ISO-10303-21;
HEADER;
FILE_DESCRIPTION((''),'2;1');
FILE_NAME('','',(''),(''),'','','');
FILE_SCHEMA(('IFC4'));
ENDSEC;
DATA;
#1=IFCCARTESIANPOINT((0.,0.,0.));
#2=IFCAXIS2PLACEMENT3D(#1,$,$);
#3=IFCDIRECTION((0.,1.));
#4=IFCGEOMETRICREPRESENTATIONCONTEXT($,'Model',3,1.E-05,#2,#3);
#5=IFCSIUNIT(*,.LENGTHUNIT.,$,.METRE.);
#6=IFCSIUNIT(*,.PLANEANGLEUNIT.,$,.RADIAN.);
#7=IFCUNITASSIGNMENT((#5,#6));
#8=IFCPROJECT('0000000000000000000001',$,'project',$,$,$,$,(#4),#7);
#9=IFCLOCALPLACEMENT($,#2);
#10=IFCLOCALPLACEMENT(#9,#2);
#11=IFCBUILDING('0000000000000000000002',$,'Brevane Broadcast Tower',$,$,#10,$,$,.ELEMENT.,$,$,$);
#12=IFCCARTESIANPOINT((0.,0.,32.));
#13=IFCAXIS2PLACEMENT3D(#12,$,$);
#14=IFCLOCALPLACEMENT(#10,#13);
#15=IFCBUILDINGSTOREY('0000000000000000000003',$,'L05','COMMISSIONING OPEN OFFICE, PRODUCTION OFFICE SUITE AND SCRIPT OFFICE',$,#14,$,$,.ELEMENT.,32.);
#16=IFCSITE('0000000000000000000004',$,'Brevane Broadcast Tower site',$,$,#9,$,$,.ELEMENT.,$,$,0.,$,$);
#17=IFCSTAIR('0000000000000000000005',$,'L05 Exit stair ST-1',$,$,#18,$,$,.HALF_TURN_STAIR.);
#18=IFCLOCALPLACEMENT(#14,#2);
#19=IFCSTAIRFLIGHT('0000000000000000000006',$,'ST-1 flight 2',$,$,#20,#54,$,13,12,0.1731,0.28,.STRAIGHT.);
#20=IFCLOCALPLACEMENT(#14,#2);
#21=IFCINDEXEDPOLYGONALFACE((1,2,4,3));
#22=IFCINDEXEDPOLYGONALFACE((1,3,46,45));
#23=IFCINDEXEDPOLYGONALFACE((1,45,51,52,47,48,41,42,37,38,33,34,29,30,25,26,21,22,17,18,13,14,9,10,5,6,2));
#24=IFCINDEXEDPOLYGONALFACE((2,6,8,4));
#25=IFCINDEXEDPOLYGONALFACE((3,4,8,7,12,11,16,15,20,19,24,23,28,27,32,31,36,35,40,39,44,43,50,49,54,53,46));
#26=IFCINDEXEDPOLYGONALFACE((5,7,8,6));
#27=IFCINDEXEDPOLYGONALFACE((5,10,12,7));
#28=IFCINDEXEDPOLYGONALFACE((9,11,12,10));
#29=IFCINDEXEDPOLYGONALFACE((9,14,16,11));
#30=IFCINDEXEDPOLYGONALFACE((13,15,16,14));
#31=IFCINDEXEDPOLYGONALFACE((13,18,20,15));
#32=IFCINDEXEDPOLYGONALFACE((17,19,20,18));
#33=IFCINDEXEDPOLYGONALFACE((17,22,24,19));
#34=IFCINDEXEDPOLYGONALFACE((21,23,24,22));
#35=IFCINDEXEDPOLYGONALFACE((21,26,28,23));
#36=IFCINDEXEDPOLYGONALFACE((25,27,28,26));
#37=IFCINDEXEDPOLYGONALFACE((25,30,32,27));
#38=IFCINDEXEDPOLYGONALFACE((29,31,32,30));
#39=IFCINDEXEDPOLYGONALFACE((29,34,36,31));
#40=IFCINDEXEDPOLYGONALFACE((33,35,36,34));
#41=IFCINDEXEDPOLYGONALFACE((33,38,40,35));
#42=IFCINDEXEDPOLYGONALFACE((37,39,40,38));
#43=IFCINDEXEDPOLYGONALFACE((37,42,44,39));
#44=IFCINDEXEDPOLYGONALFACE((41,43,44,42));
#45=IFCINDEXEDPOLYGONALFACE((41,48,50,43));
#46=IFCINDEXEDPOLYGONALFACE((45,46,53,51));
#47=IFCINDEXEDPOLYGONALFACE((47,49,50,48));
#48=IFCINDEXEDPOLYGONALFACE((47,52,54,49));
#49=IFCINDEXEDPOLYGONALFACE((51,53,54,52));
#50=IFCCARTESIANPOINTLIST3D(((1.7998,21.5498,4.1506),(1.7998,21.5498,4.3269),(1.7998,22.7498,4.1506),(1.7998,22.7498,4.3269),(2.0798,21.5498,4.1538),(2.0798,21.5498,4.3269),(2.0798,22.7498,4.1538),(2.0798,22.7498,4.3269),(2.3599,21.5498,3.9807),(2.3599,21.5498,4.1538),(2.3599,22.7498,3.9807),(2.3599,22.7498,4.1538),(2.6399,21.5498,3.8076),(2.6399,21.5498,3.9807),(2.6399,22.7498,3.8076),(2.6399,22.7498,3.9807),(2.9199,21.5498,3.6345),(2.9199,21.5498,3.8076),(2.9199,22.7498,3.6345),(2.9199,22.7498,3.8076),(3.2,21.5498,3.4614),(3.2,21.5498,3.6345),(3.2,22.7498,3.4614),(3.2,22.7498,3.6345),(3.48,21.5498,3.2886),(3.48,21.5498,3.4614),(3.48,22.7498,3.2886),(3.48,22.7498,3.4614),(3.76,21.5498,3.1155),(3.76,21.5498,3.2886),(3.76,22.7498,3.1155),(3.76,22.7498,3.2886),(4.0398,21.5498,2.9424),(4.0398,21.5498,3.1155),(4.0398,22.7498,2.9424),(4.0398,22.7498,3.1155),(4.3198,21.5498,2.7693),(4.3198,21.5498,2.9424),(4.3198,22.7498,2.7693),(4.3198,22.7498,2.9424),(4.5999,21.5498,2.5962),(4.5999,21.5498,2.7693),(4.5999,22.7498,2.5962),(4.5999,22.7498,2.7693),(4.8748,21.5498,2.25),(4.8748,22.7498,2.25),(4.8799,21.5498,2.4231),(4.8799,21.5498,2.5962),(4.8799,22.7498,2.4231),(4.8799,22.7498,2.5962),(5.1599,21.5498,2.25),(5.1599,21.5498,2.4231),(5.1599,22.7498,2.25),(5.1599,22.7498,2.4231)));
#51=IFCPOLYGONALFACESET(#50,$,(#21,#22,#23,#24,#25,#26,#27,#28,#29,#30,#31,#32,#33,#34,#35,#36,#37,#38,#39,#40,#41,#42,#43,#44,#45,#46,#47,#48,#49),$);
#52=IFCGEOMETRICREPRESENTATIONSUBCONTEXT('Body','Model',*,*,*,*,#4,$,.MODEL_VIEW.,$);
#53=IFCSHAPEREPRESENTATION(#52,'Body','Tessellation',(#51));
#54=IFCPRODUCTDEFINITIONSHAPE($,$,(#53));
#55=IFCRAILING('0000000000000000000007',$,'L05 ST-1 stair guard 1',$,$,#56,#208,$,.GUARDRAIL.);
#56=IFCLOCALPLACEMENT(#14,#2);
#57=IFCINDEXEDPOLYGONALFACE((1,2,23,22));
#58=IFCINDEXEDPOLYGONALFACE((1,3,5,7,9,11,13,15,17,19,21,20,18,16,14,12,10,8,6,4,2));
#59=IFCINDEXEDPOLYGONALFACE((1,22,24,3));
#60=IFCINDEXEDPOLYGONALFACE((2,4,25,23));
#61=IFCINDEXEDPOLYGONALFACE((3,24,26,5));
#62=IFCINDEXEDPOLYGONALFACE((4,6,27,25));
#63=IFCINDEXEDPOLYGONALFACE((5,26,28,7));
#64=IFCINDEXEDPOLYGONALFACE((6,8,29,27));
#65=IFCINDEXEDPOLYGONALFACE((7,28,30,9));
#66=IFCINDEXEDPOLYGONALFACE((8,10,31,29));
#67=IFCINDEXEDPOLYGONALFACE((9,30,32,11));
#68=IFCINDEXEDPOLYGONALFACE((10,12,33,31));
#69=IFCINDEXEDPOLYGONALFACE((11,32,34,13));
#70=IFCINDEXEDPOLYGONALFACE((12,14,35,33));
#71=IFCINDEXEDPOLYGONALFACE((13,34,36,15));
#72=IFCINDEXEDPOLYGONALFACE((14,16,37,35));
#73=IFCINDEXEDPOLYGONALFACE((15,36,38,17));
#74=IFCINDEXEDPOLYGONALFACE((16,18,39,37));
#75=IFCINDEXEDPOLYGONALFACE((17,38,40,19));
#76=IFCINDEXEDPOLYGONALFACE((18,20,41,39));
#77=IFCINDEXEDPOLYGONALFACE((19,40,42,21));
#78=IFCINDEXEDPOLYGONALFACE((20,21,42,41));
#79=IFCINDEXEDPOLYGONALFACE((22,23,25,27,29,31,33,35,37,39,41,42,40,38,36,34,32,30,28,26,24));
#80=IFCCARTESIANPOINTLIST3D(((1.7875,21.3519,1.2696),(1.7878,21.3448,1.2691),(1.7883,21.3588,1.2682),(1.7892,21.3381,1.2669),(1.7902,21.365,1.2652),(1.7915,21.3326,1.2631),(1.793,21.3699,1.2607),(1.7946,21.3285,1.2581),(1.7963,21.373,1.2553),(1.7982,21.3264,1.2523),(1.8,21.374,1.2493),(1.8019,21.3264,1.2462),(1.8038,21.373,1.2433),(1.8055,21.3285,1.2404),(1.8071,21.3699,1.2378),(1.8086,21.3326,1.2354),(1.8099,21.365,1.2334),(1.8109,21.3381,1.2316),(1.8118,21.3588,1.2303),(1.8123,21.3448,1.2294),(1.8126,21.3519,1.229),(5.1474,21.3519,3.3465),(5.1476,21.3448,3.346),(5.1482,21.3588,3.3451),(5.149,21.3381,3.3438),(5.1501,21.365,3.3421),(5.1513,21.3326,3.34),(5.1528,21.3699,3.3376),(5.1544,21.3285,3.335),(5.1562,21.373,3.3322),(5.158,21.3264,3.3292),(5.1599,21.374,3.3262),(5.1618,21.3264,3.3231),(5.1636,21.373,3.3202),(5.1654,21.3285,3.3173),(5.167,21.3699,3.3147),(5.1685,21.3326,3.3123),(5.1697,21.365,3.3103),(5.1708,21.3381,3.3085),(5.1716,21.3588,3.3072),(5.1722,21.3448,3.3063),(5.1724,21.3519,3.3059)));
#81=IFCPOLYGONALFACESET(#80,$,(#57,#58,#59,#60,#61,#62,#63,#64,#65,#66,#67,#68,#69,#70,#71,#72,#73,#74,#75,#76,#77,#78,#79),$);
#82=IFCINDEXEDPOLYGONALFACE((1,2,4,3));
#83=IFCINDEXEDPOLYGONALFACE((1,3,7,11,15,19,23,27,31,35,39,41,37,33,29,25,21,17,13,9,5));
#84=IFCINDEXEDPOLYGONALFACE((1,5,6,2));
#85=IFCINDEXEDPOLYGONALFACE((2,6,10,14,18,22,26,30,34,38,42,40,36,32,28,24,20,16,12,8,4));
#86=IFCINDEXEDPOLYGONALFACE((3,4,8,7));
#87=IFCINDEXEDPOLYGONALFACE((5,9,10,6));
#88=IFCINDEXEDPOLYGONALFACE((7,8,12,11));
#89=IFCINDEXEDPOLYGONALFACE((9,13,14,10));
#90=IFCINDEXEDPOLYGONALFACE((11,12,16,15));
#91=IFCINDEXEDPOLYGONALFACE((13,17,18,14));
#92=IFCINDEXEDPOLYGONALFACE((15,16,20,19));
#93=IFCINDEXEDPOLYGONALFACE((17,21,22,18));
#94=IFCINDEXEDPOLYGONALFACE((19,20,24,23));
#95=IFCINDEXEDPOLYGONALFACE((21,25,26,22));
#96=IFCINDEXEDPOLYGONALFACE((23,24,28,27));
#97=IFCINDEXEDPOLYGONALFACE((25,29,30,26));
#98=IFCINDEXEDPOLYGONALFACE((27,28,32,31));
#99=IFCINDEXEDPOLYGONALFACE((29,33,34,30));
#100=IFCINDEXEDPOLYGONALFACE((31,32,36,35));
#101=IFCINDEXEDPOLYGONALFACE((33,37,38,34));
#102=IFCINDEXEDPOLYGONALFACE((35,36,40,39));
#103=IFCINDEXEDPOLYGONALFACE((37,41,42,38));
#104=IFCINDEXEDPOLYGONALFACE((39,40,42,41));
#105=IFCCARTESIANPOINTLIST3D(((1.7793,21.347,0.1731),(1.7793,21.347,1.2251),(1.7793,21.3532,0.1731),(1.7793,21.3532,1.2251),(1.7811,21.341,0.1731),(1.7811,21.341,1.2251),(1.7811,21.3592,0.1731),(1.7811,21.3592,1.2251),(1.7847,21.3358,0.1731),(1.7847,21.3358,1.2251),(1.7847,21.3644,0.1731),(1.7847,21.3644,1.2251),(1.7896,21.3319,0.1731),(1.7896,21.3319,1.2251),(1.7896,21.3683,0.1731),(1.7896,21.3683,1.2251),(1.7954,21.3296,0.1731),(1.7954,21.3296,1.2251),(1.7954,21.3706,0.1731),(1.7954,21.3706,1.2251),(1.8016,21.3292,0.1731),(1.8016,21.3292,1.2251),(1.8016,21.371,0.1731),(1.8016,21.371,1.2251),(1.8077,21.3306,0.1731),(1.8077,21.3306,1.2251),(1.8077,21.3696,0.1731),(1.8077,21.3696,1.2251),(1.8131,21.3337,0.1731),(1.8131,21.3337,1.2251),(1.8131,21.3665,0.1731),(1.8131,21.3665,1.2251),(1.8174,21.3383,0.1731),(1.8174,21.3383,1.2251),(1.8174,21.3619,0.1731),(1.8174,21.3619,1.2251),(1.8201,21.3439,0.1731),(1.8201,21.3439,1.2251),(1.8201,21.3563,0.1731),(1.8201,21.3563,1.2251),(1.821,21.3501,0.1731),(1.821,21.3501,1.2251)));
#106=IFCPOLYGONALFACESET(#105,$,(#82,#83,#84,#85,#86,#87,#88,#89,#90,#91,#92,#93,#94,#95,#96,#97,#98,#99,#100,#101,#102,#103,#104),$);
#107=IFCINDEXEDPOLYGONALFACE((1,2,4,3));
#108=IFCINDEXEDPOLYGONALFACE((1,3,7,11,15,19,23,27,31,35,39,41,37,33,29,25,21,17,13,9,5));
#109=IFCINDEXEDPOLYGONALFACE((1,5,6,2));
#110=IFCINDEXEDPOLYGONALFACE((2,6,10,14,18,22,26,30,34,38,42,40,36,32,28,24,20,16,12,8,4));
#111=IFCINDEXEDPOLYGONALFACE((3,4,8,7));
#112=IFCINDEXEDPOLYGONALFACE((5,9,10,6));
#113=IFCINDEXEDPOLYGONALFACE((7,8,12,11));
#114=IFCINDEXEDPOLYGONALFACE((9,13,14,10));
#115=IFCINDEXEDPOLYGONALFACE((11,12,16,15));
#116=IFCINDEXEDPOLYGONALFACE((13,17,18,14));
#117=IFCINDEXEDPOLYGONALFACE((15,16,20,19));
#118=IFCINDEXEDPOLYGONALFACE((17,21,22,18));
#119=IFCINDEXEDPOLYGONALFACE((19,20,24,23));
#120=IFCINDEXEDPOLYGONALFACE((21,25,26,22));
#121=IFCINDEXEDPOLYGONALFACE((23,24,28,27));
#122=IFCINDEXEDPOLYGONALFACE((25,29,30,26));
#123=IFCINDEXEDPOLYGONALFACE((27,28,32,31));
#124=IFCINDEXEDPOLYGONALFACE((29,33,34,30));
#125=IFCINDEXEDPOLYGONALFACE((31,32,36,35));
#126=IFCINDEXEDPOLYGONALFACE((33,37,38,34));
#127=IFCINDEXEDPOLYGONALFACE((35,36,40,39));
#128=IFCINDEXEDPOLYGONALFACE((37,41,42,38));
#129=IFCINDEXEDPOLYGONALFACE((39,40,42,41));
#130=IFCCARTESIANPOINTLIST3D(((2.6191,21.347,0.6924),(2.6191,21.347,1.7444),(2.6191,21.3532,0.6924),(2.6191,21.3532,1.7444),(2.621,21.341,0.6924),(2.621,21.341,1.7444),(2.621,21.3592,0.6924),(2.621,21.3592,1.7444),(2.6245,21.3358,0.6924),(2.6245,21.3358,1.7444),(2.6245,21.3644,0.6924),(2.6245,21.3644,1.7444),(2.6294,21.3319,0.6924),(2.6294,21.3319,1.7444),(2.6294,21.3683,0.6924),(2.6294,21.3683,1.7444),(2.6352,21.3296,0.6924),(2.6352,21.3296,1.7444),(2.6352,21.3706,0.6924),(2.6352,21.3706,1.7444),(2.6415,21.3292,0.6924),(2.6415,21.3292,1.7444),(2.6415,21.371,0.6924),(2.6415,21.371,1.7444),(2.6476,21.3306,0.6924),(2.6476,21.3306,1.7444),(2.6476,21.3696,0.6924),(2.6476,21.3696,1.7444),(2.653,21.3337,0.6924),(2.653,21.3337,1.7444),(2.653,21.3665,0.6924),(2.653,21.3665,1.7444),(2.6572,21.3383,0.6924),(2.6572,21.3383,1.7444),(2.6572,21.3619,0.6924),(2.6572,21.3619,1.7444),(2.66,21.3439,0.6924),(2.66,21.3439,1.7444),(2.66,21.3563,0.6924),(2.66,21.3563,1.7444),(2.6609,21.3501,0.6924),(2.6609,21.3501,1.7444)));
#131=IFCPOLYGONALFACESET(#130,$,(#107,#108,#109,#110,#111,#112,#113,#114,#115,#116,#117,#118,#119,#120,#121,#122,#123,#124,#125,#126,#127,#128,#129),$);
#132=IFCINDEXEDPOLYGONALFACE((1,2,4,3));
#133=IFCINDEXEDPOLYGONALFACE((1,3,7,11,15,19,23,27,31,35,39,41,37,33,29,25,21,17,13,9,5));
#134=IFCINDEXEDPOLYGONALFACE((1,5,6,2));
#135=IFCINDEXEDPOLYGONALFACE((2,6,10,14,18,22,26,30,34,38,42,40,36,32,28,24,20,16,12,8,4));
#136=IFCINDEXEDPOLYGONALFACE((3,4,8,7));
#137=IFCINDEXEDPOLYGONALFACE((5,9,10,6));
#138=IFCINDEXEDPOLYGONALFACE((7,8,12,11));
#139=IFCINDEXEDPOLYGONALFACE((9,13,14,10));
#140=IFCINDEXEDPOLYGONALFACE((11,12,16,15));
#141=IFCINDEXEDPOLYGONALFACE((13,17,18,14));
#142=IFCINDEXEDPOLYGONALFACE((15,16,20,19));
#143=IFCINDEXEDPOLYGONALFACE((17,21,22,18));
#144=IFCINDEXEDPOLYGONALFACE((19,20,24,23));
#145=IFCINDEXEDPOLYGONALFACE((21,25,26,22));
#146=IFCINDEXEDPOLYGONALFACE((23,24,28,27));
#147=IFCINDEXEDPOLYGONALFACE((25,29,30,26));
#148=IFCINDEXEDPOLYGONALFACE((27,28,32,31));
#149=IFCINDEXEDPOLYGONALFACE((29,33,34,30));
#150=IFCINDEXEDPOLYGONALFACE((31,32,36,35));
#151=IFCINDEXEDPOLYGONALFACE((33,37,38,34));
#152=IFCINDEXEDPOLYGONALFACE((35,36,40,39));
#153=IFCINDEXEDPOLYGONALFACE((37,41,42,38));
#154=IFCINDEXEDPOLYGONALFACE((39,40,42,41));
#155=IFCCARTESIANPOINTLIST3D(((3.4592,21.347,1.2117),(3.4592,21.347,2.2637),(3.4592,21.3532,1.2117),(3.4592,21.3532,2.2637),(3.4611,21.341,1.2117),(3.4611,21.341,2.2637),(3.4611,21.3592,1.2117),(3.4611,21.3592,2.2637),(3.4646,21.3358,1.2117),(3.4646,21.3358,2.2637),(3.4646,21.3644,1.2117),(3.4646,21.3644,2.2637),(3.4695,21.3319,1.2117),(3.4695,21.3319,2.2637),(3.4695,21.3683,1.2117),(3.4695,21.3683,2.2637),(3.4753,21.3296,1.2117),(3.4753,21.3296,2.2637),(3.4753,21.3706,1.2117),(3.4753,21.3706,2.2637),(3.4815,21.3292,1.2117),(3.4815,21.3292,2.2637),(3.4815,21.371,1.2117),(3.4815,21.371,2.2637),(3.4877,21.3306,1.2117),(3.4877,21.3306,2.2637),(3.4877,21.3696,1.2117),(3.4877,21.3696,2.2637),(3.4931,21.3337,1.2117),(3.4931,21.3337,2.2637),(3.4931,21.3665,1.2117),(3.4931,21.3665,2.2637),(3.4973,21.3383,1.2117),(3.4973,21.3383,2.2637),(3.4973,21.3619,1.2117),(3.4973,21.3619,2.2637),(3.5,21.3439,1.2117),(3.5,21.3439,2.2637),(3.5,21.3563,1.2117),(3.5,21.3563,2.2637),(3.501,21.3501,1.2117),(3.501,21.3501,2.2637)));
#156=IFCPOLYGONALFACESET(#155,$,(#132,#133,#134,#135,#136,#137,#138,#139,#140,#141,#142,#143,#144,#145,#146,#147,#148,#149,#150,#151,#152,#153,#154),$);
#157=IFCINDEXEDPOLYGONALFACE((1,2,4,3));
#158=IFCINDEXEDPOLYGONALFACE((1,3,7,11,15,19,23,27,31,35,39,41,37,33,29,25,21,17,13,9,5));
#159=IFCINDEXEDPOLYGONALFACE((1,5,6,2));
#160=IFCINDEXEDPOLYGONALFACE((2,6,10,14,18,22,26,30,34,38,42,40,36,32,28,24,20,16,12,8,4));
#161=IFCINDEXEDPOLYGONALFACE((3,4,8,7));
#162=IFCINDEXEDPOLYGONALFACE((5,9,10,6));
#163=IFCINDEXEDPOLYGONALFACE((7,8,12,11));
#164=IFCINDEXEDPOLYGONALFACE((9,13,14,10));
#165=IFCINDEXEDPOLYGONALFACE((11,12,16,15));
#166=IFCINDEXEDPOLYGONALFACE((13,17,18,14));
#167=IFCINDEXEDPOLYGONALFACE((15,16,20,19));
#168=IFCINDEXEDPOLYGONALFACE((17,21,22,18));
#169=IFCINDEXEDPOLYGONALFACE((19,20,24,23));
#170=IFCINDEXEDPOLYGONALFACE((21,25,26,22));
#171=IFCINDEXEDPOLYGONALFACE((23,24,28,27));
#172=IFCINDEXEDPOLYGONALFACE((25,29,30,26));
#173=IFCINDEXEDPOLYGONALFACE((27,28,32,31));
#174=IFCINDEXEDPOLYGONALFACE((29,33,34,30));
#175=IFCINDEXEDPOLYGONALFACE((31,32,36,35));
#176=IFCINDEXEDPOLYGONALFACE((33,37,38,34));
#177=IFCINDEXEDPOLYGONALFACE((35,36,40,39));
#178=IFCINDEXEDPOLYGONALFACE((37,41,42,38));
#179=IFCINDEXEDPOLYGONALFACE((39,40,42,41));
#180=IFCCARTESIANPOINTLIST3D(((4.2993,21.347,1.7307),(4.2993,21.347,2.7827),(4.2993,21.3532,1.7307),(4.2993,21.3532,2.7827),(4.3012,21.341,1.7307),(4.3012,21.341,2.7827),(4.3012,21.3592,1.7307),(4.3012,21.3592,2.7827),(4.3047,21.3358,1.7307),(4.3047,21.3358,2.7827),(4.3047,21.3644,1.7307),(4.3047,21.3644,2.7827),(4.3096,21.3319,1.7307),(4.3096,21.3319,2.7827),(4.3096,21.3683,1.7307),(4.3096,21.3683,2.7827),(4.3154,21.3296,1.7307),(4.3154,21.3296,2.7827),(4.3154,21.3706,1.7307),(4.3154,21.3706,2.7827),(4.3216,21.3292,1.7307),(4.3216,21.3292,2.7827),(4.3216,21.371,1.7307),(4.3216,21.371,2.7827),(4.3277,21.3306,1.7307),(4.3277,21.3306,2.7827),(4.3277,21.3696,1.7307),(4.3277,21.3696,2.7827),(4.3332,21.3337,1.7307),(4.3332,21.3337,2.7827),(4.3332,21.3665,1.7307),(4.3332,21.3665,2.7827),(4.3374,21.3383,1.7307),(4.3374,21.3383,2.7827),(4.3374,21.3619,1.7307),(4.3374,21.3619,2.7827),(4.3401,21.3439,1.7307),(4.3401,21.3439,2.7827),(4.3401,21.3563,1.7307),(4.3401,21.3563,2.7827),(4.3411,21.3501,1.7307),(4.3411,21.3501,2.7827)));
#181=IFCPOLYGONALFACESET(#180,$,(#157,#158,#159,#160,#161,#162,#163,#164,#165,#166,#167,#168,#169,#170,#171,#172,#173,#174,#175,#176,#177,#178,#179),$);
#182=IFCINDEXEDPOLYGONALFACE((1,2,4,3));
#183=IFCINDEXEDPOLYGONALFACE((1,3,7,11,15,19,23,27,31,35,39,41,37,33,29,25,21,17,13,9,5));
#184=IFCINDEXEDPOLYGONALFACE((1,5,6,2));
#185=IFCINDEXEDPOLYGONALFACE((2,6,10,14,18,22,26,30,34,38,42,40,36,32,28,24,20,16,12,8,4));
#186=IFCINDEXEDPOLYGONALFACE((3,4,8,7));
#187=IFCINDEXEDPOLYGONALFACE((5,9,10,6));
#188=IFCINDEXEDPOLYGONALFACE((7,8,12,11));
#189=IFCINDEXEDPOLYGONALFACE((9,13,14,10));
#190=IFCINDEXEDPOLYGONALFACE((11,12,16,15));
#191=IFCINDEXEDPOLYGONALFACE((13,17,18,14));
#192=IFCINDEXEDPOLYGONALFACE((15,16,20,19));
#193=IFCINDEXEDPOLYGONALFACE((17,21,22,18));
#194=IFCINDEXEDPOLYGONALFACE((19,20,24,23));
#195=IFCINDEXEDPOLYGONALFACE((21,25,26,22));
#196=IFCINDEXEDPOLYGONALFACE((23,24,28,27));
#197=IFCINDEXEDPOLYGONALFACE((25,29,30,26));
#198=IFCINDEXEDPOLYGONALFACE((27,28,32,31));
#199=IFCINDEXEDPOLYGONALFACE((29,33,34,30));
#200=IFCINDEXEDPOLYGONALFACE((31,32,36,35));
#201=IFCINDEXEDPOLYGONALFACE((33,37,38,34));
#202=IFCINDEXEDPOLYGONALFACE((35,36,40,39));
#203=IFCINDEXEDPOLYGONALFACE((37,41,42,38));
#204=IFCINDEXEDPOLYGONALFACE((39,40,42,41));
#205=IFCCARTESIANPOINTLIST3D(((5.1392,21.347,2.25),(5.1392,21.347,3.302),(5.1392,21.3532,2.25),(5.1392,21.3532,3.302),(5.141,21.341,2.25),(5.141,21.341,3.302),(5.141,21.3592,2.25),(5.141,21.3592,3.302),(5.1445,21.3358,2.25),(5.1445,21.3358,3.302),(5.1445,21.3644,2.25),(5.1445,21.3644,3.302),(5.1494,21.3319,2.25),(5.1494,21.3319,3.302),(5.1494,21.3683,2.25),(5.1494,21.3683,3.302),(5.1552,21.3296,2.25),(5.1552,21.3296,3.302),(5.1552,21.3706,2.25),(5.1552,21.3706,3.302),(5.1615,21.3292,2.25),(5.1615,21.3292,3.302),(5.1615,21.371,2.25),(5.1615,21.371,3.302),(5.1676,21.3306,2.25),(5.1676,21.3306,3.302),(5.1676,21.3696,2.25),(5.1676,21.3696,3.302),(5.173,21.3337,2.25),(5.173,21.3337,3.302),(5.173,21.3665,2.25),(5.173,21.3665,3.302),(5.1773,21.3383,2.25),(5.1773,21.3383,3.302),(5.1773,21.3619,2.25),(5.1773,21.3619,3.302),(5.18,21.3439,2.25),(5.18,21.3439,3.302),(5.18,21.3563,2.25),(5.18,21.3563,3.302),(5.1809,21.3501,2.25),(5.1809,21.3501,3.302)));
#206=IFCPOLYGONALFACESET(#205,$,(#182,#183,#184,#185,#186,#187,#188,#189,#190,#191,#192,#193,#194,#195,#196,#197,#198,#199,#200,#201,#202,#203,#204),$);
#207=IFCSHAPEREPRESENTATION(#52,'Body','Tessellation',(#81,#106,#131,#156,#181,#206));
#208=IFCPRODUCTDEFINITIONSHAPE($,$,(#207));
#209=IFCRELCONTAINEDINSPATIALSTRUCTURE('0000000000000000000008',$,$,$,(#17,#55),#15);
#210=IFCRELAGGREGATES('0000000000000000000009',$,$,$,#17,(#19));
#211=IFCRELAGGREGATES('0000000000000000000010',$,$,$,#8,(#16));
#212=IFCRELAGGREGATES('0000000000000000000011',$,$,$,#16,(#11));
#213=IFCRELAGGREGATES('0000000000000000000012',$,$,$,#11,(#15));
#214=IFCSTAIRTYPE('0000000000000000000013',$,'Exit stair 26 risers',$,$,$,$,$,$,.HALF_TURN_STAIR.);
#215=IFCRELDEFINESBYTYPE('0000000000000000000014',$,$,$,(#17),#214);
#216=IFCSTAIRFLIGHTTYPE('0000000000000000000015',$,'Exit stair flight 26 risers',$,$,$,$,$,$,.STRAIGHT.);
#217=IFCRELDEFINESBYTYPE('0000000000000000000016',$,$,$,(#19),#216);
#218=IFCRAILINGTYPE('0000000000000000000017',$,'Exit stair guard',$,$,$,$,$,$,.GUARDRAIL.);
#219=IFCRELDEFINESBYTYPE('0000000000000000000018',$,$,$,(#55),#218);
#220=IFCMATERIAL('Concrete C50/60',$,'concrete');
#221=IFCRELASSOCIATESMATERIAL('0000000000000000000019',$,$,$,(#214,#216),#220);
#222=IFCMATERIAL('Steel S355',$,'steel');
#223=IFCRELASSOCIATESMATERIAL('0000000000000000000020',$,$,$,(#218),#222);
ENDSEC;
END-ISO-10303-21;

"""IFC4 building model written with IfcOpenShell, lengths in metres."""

from ifc_helpers import new_model, si_unit, direction, frame, origin, origin_2d, place, context, subcontext, project, spatial, polyline, circle, outline, extrude, material, type_object, element, aggregate, save


model = new_model("IFC4")

# Units and contexts
model_context = context("Model", 3, precision=1e-05, world=origin(), true_north=direction((0.0, 1.0)))
body_context = subcontext(model_context, "Body", "Model", "MODEL_VIEW")
ifc_project = project(units=[si_unit("LENGTHUNIT", "METRE"), si_unit("PLANEANGLEUNIT", "RADIAN")], contexts=[model_context])

# Site, building, storey
site_placement = place(None, origin())
site = spatial("IfcSite", under=ifc_project, at=site_placement, Name="Brevane Broadcast Tower site", CompositionType="ELEMENT", RefElevation=0.0)
building_placement = place(site_placement, origin())
building = spatial("IfcBuilding", under=site, at=building_placement, Name="Brevane Broadcast Tower", CompositionType="ELEMENT")
storey_placement = place(building_placement, frame((0.0, 0.0, 32.0)))
storey = spatial("IfcBuildingStorey", under=building, at=storey_placement, Name="L05", Description="COMMISSIONING OPEN OFFICE, PRODUCTION OFFICE SUITE AND SCRIPT OFFICE", CompositionType="ELEMENT", Elevation=32.0)

# Stair, stair flight
ifc_material_1 = material(Name="Concrete C50/60", Category="concrete")
stair_type = type_object("IfcStairType", Name="Exit stair 26 risers", PredefinedType="HALF_TURN_STAIR", material=ifc_material_1)
stair_placement = place(storey_placement, origin())
stair = element("IfcStair", 1, at=stair_placement, inside=storey, type_object=stair_type, Name="L05 Exit stair ST-1", PredefinedType="HALF_TURN_STAIR")
stair_flight_type = type_object("IfcStairFlightType", Name="Exit stair flight 26 risers", PredefinedType="STRAIGHT", material=ifc_material_1)
stair_flight_1_placement = place(storey_placement, frame((5.1599, 22.1499, 2.25), z_axis=(0.0, 0.0, 1.0), x_axis=(-1.0, 0.0, 0.0)))
stair_flight_1 = element("IfcStairFlight", 2, at=stair_flight_1_placement, type_object=stair_flight_type, Name="ST-1 flight 2", NumberOfRisers=13, NumberOfTreads=12, PredefinedType="STRAIGHT", RiserHeight=0.1731, TreadLength=0.28, context=body_context, shape_type="SweptSolid", body=[
    extrude(outline(polyline([(0.0, 0.0), (0.0, 0.1731), (0.28, 0.1731), (0.28, 0.3462), (0.5601, 0.3462), (0.5601, 0.5193), (0.8401, 0.5193), (0.8401, 0.6924), (1.1201, 0.6924), (1.1201, 0.8655), (1.3999, 0.8655), (1.3999, 1.0386), (1.6799, 1.0386), (1.6799, 1.2114), (1.96, 1.2114), (1.96, 1.3845), (2.24, 1.3845), (2.24, 1.5576), (2.52, 1.5576), (2.52, 1.7307), (2.8, 1.7307), (2.8, 1.9038), (3.0801, 1.9038), (3.0801, 2.0769), (3.3601, 2.0769), (3.3601, 2.25), (3.3601, 1.9006), (0.2852, 0.0), (0.0, 0.0)])), frame((0.0, 0.6001, 0.0), z_axis=(0.0, -1.0, 0.0), x_axis=(1.0, 0.0, 0.0)), (0.0, 0.0, 1.0), 1.2),
])
aggregate(stair, [stair_flight_1])

# Railing
ifc_material_2 = material(Name="Steel S355", Category="steel")
railing_type_1 = type_object("IfcRailingType", Name="Exit stair guard", PredefinedType="GUARDRAIL", material=ifc_material_2)
railing_1_placement = place(storey_placement, frame((1.8, 21.3501, 0.1731)))
element("IfcRailing", 3, at=railing_1_placement, inside=storey, type_object=railing_type_1, Name="L05 ST-1 stair guard 1", PredefinedType="GUARDRAIL", context=body_context, shape_type="SweptSolid", body=[
    extrude(circle(Radius=0.0239, at=origin_2d()), frame((0.0, 0.0, 1.0762), z_axis=(0.850606, 0.0, 0.525803), x_axis=(0.0, 1.0, 0.0)), (0.0, 0.0, 1.0), 3.95),
    extrude(circle(Radius=0.021, at=origin_2d()), origin(), (0.0, 0.0, 1.0), 1.052),
    extrude(circle(Radius=0.021, at=origin_2d()), frame((0.8398, 0.0, 0.5193)), (0.0, 0.0, 1.0), 1.052),
    extrude(circle(Radius=0.021, at=origin_2d()), frame((1.6799, 0.0, 1.0386)), (0.0, 0.0, 1.0), 1.052),
    extrude(circle(Radius=0.021, at=origin_2d()), frame((2.52, 0.0, 1.5576)), (0.0, 0.0, 1.0), 1.052),
    extrude(circle(Radius=0.021, at=origin_2d()), frame((3.3599, 0.0, 2.0769)), (0.0, 0.0, 1.0), 1.052),
])

save(model, "model.ifc")
